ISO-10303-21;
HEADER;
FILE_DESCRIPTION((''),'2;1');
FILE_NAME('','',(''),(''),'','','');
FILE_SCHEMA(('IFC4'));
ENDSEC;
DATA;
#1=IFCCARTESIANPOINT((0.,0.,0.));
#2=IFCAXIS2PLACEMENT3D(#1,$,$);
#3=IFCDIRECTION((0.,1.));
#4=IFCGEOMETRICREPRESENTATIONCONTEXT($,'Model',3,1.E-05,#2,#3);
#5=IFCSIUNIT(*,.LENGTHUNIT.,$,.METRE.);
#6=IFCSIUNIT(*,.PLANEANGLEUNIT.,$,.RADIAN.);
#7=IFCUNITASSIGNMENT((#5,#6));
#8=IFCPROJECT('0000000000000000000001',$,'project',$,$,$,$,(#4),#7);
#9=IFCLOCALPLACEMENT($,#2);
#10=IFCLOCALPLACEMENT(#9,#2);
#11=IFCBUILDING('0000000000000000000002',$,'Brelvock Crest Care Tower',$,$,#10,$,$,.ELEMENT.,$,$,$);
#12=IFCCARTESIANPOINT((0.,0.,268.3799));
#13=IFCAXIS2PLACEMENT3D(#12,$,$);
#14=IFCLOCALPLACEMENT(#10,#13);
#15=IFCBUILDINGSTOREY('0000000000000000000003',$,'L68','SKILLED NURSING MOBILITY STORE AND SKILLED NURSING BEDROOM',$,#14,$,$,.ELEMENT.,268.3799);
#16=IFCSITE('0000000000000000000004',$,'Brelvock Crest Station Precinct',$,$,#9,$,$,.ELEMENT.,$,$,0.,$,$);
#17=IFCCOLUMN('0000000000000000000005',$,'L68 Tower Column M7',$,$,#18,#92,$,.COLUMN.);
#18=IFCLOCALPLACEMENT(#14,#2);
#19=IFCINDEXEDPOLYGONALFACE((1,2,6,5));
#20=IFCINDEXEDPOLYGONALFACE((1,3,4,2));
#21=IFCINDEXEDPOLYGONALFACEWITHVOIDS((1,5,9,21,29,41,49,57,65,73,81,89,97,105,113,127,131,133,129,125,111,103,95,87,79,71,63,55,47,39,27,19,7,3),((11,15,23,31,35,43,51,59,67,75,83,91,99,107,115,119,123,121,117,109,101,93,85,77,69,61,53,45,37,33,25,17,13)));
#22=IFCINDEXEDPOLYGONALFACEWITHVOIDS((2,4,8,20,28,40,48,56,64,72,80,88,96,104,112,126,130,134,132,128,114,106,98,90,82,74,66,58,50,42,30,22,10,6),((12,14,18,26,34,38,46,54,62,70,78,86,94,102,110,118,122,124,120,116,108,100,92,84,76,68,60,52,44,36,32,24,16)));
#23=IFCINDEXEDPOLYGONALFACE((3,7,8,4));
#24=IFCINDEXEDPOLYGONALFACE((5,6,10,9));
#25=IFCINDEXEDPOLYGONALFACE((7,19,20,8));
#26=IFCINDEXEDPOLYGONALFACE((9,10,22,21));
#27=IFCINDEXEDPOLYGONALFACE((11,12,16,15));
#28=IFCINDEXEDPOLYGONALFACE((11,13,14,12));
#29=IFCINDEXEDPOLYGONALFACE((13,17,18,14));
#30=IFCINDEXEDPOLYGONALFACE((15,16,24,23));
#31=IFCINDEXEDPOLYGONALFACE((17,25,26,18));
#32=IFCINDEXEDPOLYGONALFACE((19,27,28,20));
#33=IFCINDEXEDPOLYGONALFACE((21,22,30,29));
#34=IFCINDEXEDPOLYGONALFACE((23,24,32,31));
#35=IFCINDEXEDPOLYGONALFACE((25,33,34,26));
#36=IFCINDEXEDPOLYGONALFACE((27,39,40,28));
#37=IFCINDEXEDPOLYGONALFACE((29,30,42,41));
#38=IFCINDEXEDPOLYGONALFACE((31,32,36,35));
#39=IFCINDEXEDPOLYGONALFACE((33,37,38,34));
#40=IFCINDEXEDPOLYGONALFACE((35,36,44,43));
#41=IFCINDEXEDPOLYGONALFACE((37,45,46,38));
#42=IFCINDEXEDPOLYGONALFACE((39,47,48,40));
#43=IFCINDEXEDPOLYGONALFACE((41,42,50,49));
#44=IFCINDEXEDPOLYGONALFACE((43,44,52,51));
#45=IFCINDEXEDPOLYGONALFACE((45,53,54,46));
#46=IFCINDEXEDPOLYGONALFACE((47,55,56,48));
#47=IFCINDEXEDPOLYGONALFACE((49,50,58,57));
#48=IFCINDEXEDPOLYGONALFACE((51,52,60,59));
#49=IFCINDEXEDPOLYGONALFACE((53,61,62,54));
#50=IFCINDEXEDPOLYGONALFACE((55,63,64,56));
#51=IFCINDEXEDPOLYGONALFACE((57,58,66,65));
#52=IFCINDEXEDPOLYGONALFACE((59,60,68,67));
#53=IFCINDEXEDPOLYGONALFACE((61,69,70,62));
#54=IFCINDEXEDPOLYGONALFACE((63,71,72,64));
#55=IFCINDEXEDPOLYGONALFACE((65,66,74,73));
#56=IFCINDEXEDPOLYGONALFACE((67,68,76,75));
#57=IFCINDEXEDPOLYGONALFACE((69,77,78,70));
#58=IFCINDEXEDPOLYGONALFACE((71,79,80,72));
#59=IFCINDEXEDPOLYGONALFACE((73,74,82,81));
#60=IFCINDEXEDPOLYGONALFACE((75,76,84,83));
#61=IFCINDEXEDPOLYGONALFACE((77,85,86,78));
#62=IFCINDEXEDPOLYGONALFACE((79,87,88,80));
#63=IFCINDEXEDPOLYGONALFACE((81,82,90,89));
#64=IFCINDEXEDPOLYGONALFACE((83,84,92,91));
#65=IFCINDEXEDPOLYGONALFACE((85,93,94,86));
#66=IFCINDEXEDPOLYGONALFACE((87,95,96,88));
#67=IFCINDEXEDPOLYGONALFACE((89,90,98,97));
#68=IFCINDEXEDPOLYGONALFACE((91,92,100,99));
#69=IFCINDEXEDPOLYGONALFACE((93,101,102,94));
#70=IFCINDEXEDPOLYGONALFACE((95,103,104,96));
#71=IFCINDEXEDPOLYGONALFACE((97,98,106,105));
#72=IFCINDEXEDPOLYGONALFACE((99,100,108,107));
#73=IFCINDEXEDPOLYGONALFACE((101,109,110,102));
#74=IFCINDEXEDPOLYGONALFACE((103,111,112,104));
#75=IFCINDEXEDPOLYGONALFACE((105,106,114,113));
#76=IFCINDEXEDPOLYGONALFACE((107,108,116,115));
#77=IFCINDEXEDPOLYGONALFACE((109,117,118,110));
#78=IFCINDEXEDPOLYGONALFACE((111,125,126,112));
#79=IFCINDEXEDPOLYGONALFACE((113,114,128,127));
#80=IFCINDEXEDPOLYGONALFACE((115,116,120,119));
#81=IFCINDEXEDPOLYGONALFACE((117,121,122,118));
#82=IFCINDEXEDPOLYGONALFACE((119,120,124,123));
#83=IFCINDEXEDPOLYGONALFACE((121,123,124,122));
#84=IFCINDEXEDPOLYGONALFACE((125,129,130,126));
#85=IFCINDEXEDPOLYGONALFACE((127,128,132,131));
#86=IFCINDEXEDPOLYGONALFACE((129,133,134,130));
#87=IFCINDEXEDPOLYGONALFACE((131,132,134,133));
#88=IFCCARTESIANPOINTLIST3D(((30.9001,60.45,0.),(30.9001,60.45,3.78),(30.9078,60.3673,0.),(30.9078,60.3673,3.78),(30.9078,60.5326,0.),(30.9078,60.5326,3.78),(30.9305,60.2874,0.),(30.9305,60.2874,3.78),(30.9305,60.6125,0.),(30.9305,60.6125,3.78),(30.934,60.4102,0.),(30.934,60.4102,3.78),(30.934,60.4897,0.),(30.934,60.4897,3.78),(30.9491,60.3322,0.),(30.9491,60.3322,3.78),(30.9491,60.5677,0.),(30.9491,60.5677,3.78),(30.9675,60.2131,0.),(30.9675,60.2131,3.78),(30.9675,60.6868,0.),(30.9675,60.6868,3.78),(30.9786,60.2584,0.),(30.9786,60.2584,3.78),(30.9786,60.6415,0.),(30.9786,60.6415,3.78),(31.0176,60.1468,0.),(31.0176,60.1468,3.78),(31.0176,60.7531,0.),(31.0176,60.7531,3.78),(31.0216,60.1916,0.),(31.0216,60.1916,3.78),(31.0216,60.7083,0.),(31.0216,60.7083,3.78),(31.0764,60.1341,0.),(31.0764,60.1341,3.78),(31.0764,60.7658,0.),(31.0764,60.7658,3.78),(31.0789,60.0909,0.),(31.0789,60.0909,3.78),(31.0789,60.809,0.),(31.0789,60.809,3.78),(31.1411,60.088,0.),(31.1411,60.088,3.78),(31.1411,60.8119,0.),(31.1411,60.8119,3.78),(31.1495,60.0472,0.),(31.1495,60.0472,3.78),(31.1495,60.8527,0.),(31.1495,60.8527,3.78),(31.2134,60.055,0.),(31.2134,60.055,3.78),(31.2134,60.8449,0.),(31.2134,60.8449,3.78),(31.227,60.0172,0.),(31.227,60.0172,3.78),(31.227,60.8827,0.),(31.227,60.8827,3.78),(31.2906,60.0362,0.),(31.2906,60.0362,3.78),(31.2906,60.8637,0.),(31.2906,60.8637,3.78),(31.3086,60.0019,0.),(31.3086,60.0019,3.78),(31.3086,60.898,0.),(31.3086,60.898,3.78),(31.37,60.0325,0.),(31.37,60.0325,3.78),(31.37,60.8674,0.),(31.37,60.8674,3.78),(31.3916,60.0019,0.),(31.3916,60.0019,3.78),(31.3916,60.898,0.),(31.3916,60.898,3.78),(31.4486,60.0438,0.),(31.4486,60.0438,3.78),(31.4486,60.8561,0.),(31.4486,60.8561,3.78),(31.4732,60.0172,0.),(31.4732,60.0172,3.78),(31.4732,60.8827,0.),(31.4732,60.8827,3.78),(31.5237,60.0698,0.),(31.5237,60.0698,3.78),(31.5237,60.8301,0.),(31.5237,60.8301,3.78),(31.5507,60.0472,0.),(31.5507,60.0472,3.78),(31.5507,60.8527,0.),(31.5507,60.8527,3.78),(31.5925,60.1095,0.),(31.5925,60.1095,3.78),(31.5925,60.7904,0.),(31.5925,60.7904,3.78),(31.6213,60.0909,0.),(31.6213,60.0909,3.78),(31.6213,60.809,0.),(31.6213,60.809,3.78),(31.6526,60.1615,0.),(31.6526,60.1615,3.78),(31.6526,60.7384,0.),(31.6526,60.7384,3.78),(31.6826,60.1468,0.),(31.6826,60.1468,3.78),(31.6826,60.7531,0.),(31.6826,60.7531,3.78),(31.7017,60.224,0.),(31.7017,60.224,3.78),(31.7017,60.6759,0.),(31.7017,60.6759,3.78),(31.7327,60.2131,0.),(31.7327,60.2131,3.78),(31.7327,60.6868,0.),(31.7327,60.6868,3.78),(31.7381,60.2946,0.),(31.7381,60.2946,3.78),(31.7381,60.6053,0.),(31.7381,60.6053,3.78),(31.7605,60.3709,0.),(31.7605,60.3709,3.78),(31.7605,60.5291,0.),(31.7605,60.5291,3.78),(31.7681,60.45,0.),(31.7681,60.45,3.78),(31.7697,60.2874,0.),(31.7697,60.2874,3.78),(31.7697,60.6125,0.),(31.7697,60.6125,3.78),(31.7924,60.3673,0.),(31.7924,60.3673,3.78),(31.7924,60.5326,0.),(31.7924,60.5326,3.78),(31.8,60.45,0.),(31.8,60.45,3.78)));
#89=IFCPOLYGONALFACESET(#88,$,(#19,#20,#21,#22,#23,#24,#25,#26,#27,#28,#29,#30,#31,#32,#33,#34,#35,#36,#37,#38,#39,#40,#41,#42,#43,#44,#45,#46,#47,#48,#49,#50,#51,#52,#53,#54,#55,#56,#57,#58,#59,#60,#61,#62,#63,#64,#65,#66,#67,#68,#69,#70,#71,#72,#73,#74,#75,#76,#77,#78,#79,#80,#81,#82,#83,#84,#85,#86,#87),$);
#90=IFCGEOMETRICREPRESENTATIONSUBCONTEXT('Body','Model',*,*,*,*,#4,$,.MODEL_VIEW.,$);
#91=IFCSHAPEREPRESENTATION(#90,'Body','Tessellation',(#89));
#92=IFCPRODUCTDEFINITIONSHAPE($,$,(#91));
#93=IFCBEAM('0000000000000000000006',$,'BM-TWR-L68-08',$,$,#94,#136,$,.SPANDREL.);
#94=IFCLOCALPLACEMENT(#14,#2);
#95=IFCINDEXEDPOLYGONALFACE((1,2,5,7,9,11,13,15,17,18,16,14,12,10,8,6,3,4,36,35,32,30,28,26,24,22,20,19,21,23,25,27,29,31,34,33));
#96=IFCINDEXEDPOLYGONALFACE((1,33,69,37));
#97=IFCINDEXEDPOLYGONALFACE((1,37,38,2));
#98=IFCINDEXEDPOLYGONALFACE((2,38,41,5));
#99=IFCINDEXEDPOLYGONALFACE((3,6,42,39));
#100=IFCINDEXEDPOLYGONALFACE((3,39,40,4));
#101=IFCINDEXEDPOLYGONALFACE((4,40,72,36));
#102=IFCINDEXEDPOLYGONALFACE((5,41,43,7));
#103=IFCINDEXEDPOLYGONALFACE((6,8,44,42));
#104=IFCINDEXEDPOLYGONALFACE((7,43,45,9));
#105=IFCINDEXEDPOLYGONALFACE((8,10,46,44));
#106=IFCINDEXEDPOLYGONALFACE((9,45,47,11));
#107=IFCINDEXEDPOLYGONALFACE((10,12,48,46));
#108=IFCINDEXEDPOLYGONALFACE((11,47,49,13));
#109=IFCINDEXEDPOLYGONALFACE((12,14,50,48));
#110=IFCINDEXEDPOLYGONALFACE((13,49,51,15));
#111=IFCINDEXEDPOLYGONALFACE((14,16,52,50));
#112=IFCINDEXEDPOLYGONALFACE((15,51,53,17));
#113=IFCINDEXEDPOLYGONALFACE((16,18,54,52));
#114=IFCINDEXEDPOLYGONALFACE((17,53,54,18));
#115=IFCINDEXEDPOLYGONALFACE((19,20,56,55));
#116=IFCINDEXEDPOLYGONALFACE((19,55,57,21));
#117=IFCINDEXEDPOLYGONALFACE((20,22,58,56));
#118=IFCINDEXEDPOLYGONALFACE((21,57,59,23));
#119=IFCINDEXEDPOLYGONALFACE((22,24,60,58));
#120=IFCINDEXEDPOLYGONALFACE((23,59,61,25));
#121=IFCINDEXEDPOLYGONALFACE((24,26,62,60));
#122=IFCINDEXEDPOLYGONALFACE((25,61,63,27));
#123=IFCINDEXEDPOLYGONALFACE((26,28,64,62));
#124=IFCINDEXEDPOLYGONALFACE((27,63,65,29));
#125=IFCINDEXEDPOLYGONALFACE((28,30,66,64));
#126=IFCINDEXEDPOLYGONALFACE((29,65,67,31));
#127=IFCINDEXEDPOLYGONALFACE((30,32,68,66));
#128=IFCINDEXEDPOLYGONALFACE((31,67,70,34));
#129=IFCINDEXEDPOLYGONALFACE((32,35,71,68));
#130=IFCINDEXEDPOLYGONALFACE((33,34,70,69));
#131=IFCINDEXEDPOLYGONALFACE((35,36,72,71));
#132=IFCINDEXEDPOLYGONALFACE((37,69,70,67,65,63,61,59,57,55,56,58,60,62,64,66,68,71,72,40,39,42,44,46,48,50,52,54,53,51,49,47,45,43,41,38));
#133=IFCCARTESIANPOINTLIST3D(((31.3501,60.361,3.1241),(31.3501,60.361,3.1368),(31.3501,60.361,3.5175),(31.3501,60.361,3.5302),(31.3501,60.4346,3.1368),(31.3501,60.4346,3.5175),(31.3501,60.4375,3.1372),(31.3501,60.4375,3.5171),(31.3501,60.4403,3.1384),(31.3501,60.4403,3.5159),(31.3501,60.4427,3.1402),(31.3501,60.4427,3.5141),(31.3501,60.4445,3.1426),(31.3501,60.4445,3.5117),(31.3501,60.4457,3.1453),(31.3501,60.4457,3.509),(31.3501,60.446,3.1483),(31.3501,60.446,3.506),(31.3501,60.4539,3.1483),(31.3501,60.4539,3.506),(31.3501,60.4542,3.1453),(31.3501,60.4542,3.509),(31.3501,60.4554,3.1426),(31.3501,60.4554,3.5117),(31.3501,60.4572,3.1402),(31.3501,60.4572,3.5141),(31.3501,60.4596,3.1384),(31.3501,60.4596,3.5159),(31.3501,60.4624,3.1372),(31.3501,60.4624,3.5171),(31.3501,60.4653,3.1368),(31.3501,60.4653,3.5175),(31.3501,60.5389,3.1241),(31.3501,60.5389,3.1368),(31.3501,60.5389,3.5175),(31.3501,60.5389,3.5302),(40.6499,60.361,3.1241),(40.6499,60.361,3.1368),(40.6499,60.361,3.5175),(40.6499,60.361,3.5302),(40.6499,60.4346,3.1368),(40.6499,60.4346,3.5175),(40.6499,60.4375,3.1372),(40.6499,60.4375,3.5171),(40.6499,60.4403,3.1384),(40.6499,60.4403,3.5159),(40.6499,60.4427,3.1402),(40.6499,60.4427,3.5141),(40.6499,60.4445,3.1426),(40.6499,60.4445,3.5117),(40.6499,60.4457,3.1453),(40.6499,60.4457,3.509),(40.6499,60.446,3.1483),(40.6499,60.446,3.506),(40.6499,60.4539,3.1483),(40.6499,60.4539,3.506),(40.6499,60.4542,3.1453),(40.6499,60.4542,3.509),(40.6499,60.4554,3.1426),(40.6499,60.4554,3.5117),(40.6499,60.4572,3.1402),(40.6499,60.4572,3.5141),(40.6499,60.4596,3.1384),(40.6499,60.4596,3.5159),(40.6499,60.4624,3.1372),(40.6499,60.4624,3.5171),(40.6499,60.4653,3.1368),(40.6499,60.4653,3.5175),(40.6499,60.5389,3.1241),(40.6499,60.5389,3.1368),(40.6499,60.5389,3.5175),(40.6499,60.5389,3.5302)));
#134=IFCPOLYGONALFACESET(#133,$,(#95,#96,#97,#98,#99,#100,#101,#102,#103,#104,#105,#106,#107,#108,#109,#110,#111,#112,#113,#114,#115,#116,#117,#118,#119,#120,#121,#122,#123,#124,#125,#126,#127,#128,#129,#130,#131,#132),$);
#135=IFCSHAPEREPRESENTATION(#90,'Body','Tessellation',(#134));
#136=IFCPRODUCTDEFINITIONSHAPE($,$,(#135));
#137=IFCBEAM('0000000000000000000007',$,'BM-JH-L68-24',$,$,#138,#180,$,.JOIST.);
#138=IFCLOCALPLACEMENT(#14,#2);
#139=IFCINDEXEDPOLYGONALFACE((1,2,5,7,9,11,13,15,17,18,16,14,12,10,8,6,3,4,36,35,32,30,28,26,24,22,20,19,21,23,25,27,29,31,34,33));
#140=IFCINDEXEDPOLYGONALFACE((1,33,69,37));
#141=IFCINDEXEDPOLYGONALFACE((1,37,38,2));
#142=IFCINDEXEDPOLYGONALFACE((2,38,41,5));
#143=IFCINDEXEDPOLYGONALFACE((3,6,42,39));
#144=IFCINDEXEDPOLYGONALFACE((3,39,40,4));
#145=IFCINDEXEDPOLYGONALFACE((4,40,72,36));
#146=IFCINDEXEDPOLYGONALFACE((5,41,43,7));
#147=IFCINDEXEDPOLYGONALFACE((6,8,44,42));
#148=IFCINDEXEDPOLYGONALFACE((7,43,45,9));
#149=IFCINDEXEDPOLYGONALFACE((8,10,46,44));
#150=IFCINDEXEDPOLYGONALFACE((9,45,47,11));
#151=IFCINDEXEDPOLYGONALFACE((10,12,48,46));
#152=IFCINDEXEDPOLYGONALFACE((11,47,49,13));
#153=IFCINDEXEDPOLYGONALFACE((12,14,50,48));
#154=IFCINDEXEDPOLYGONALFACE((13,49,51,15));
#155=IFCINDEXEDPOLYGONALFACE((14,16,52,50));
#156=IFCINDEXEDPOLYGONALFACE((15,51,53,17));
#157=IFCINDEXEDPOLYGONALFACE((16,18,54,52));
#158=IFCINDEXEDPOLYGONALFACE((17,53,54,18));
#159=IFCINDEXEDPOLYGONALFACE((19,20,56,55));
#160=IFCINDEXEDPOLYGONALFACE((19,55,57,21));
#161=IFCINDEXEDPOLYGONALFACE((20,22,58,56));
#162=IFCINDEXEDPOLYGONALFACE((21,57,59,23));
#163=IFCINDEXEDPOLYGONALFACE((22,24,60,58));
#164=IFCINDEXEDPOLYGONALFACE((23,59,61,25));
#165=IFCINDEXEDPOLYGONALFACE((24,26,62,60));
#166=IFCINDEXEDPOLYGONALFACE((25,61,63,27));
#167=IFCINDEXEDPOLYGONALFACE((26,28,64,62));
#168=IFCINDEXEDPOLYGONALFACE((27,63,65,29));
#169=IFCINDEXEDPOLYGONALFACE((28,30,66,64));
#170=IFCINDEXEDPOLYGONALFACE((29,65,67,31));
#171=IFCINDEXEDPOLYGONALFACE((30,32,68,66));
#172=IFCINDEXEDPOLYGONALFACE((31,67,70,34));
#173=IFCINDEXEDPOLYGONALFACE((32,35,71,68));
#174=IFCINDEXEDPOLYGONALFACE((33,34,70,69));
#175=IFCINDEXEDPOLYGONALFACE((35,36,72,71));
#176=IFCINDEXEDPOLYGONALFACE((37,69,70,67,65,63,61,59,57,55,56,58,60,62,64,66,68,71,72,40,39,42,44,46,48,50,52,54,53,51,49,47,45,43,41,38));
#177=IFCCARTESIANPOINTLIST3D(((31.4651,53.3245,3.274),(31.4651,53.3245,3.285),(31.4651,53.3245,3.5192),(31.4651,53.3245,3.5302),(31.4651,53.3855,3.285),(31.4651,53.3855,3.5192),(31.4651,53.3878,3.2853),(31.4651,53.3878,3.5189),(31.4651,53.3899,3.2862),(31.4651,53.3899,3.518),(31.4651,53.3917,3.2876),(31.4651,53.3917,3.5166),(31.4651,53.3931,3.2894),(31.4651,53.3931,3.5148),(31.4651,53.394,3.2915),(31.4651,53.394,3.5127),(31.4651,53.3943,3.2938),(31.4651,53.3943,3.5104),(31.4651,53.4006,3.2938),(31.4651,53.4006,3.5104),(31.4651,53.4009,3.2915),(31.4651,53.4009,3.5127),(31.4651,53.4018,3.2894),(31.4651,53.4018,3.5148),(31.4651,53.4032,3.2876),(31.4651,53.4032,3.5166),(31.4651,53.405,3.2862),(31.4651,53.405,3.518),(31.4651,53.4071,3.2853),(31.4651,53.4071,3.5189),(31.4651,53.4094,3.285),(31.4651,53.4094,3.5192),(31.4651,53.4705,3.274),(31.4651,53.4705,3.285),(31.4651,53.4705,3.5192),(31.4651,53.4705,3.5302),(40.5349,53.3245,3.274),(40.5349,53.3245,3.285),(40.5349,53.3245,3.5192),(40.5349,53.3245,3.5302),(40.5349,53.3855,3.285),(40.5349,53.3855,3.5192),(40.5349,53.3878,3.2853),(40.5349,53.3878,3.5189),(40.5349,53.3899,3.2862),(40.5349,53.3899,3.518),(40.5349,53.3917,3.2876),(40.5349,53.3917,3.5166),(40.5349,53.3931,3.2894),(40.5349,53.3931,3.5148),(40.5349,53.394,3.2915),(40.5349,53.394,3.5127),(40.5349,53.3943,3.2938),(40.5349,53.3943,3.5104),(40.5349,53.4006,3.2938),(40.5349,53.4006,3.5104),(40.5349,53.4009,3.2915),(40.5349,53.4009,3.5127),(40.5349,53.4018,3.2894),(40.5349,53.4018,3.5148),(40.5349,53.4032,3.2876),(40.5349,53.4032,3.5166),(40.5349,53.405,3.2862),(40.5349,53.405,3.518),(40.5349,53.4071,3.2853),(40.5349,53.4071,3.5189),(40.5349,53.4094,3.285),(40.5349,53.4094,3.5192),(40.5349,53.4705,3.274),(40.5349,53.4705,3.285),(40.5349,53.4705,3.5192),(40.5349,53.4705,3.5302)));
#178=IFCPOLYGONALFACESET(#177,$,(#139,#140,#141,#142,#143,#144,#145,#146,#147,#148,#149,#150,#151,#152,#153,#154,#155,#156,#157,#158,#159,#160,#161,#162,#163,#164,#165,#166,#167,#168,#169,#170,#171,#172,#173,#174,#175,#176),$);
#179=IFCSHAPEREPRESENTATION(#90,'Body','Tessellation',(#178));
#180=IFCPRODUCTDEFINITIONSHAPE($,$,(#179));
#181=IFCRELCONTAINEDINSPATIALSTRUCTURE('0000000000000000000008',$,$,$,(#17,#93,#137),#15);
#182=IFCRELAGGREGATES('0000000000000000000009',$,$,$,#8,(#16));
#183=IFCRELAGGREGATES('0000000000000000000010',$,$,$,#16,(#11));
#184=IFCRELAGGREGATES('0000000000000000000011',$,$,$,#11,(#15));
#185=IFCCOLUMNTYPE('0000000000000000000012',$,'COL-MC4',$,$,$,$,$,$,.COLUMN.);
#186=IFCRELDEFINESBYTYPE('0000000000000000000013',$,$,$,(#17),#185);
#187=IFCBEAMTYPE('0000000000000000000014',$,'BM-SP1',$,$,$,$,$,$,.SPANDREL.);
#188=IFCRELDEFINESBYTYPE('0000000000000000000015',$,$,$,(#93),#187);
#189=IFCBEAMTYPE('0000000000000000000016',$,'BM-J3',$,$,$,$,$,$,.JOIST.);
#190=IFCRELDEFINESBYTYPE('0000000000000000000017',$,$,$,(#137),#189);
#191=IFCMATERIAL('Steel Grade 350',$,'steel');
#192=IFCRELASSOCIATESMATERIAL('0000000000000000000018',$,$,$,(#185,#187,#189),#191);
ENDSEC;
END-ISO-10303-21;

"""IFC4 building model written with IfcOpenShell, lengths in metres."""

from ifc_helpers import new_model, si_unit, direction, frame, origin, origin_2d, place, context, subcontext, project, spatial, hollow_circle, i_section, extrude, source, transform, mapped, material, material_profile, profile_set, type_object, element, save


model = new_model("IFC4")

# Units and contexts
model_context = context("Model", 3, precision=1e-05, world=origin(), true_north=direction((0.0, 1.0)))
body_context = subcontext(model_context, "Body", "Model", "MODEL_VIEW")
ifc_project = project(units=[si_unit("LENGTHUNIT", "METRE"), si_unit("PLANEANGLEUNIT", "RADIAN")], contexts=[model_context])

# Site, building, storey
site_placement = place(None, origin())
site = spatial("IfcSite", under=ifc_project, at=site_placement, Name="Brelvock Crest Station Precinct", CompositionType="ELEMENT", RefElevation=0.0)
building_placement = place(site_placement, origin())
building = spatial("IfcBuilding", under=site, at=building_placement, Name="Brelvock Crest Care Tower", CompositionType="ELEMENT")
storey_placement = place(building_placement, frame((0.0, 0.0, 268.3799)))
storey = spatial("IfcBuildingStorey", under=building, at=storey_placement, Name="L68", Description="SKILLED NURSING MOBILITY STORE AND SKILLED NURSING BEDROOM", CompositionType="ELEMENT", Elevation=268.3799)

# Column
ifc_material_1 = material(Name="Steel Grade 350", Category="steel")
ifc_material_profile_1 = material_profile(ifc_material_1, hollow_circle(Radius=0.45, WallThickness=0.032, at=origin_2d()), Name="CFT900x32")
ifc_profile_set_1 = profile_set([ifc_material_profile_1], Name="Steel Grade 350")
column_type = type_object("IfcColumnType", Name="COL-MC4", PredefinedType="COLUMN", material=ifc_profile_set_1)
shared_shape_1 = source(origin(), body_context, "Body", "SweptSolid", [
    extrude(hollow_circle(Radius=0.45, WallThickness=0.032, at=origin_2d()), origin(), (0.0, 0.0, 1.0), 3.78),
])
column_placement = place(storey_placement, frame((31.3501, 60.45, 0.0), z_axis=(0.0, 0.0, 1.0), x_axis=(1.0, 0.0, 0.0)))
element("IfcColumn", 1, at=column_placement, inside=storey, type_object=column_type, Name="L68 Tower Column M7", PredefinedType="COLUMN", context=body_context, shape_type="MappedRepresentation", body=[
    mapped(shared_shape_1, transform((0.0, 0.0, 0.0), x_axis=(1.0, 0.0, 0.0), y_axis=(0.0, 1.0, 0.0), z_axis=(0.0, 0.0, 1.0), scale=1.0)),
])

# Beams
ifc_material_profile_2 = material_profile(ifc_material_1, i_section(OverallWidth=0.178, OverallDepth=0.406, WebThickness=0.0078, FlangeThickness=0.0127, FilletRadius=0.0115, at=origin_2d()), Name="410UB59.7")
ifc_profile_set_2 = profile_set([ifc_material_profile_2], Name="Steel Grade 350")
beam_type_1 = type_object("IfcBeamType", Name="BM-SP1", PredefinedType="SPANDREL", material=ifc_profile_set_2)
shared_shape_2 = source(origin(), body_context, "Body", "SweptSolid", [
    extrude(i_section(OverallWidth=0.178, OverallDepth=0.406, WebThickness=0.0078, FlangeThickness=0.0127, FilletRadius=0.0115, at=origin_2d()), origin(), (0.0, 0.0, 1.0), 9.2998),
])
beam_placement = place(storey_placement, frame((31.3501, 60.45, 3.3271), z_axis=(1.0, 0.0, 0.0), x_axis=(0.0, 1.0, 0.0)))
element("IfcBeam", 2, at=beam_placement, inside=storey, type_object=beam_type_1, Name="BM-TWR-L68-08", PredefinedType="SPANDREL", context=body_context, shape_type="MappedRepresentation", body=[
    mapped(shared_shape_2, transform((0.0, 0.0, 0.0), x_axis=(1.0, 0.0, 0.0), y_axis=(0.0, 1.0, 0.0), z_axis=(0.0, 0.0, 1.0), scale=1.0)),
])
ifc_material_profile_3 = material_profile(ifc_material_1, i_section(OverallWidth=0.146, OverallDepth=0.2561, WebThickness=0.0063, FlangeThickness=0.011, FilletRadius=0.0088, at=origin_2d()), Name="250UB37.3")
ifc_profile_set_3 = profile_set([ifc_material_profile_3], Name="Steel Grade 350")
beam_type_2 = type_object("IfcBeamType", Name="BM-J3", PredefinedType="JOIST", material=ifc_profile_set_3)
shared_shape_3 = source(origin(), body_context, "Body", "SweptSolid", [
    extrude(i_section(OverallWidth=0.146, OverallDepth=0.2561, WebThickness=0.0063, FlangeThickness=0.011, FilletRadius=0.0088, at=origin_2d()), origin(), (0.0, 0.0, 1.0), 9.0698),
])
for number, where, z_axis, x_axis, name in (
    (3, (31.4651, 53.3975, 3.4021), (1.0, 0.0, 0.0), (0.0, 1.0, 0.0), "BM-JH-L68-24"),
):
    element("IfcBeam", number, at=place(storey_placement, frame(where, z_axis=z_axis, x_axis=x_axis)), inside=storey, type_object=beam_type_2, Name=name, PredefinedType="JOIST", context=body_context, shape_type="MappedRepresentation", body=[
        mapped(shared_shape_3, transform((0.0, 0.0, 0.0), x_axis=(1.0, 0.0, 0.0), y_axis=(0.0, 1.0, 0.0), z_axis=(0.0, 0.0, 1.0), scale=1.0)),
    ])

save(model, "model.ifc")
